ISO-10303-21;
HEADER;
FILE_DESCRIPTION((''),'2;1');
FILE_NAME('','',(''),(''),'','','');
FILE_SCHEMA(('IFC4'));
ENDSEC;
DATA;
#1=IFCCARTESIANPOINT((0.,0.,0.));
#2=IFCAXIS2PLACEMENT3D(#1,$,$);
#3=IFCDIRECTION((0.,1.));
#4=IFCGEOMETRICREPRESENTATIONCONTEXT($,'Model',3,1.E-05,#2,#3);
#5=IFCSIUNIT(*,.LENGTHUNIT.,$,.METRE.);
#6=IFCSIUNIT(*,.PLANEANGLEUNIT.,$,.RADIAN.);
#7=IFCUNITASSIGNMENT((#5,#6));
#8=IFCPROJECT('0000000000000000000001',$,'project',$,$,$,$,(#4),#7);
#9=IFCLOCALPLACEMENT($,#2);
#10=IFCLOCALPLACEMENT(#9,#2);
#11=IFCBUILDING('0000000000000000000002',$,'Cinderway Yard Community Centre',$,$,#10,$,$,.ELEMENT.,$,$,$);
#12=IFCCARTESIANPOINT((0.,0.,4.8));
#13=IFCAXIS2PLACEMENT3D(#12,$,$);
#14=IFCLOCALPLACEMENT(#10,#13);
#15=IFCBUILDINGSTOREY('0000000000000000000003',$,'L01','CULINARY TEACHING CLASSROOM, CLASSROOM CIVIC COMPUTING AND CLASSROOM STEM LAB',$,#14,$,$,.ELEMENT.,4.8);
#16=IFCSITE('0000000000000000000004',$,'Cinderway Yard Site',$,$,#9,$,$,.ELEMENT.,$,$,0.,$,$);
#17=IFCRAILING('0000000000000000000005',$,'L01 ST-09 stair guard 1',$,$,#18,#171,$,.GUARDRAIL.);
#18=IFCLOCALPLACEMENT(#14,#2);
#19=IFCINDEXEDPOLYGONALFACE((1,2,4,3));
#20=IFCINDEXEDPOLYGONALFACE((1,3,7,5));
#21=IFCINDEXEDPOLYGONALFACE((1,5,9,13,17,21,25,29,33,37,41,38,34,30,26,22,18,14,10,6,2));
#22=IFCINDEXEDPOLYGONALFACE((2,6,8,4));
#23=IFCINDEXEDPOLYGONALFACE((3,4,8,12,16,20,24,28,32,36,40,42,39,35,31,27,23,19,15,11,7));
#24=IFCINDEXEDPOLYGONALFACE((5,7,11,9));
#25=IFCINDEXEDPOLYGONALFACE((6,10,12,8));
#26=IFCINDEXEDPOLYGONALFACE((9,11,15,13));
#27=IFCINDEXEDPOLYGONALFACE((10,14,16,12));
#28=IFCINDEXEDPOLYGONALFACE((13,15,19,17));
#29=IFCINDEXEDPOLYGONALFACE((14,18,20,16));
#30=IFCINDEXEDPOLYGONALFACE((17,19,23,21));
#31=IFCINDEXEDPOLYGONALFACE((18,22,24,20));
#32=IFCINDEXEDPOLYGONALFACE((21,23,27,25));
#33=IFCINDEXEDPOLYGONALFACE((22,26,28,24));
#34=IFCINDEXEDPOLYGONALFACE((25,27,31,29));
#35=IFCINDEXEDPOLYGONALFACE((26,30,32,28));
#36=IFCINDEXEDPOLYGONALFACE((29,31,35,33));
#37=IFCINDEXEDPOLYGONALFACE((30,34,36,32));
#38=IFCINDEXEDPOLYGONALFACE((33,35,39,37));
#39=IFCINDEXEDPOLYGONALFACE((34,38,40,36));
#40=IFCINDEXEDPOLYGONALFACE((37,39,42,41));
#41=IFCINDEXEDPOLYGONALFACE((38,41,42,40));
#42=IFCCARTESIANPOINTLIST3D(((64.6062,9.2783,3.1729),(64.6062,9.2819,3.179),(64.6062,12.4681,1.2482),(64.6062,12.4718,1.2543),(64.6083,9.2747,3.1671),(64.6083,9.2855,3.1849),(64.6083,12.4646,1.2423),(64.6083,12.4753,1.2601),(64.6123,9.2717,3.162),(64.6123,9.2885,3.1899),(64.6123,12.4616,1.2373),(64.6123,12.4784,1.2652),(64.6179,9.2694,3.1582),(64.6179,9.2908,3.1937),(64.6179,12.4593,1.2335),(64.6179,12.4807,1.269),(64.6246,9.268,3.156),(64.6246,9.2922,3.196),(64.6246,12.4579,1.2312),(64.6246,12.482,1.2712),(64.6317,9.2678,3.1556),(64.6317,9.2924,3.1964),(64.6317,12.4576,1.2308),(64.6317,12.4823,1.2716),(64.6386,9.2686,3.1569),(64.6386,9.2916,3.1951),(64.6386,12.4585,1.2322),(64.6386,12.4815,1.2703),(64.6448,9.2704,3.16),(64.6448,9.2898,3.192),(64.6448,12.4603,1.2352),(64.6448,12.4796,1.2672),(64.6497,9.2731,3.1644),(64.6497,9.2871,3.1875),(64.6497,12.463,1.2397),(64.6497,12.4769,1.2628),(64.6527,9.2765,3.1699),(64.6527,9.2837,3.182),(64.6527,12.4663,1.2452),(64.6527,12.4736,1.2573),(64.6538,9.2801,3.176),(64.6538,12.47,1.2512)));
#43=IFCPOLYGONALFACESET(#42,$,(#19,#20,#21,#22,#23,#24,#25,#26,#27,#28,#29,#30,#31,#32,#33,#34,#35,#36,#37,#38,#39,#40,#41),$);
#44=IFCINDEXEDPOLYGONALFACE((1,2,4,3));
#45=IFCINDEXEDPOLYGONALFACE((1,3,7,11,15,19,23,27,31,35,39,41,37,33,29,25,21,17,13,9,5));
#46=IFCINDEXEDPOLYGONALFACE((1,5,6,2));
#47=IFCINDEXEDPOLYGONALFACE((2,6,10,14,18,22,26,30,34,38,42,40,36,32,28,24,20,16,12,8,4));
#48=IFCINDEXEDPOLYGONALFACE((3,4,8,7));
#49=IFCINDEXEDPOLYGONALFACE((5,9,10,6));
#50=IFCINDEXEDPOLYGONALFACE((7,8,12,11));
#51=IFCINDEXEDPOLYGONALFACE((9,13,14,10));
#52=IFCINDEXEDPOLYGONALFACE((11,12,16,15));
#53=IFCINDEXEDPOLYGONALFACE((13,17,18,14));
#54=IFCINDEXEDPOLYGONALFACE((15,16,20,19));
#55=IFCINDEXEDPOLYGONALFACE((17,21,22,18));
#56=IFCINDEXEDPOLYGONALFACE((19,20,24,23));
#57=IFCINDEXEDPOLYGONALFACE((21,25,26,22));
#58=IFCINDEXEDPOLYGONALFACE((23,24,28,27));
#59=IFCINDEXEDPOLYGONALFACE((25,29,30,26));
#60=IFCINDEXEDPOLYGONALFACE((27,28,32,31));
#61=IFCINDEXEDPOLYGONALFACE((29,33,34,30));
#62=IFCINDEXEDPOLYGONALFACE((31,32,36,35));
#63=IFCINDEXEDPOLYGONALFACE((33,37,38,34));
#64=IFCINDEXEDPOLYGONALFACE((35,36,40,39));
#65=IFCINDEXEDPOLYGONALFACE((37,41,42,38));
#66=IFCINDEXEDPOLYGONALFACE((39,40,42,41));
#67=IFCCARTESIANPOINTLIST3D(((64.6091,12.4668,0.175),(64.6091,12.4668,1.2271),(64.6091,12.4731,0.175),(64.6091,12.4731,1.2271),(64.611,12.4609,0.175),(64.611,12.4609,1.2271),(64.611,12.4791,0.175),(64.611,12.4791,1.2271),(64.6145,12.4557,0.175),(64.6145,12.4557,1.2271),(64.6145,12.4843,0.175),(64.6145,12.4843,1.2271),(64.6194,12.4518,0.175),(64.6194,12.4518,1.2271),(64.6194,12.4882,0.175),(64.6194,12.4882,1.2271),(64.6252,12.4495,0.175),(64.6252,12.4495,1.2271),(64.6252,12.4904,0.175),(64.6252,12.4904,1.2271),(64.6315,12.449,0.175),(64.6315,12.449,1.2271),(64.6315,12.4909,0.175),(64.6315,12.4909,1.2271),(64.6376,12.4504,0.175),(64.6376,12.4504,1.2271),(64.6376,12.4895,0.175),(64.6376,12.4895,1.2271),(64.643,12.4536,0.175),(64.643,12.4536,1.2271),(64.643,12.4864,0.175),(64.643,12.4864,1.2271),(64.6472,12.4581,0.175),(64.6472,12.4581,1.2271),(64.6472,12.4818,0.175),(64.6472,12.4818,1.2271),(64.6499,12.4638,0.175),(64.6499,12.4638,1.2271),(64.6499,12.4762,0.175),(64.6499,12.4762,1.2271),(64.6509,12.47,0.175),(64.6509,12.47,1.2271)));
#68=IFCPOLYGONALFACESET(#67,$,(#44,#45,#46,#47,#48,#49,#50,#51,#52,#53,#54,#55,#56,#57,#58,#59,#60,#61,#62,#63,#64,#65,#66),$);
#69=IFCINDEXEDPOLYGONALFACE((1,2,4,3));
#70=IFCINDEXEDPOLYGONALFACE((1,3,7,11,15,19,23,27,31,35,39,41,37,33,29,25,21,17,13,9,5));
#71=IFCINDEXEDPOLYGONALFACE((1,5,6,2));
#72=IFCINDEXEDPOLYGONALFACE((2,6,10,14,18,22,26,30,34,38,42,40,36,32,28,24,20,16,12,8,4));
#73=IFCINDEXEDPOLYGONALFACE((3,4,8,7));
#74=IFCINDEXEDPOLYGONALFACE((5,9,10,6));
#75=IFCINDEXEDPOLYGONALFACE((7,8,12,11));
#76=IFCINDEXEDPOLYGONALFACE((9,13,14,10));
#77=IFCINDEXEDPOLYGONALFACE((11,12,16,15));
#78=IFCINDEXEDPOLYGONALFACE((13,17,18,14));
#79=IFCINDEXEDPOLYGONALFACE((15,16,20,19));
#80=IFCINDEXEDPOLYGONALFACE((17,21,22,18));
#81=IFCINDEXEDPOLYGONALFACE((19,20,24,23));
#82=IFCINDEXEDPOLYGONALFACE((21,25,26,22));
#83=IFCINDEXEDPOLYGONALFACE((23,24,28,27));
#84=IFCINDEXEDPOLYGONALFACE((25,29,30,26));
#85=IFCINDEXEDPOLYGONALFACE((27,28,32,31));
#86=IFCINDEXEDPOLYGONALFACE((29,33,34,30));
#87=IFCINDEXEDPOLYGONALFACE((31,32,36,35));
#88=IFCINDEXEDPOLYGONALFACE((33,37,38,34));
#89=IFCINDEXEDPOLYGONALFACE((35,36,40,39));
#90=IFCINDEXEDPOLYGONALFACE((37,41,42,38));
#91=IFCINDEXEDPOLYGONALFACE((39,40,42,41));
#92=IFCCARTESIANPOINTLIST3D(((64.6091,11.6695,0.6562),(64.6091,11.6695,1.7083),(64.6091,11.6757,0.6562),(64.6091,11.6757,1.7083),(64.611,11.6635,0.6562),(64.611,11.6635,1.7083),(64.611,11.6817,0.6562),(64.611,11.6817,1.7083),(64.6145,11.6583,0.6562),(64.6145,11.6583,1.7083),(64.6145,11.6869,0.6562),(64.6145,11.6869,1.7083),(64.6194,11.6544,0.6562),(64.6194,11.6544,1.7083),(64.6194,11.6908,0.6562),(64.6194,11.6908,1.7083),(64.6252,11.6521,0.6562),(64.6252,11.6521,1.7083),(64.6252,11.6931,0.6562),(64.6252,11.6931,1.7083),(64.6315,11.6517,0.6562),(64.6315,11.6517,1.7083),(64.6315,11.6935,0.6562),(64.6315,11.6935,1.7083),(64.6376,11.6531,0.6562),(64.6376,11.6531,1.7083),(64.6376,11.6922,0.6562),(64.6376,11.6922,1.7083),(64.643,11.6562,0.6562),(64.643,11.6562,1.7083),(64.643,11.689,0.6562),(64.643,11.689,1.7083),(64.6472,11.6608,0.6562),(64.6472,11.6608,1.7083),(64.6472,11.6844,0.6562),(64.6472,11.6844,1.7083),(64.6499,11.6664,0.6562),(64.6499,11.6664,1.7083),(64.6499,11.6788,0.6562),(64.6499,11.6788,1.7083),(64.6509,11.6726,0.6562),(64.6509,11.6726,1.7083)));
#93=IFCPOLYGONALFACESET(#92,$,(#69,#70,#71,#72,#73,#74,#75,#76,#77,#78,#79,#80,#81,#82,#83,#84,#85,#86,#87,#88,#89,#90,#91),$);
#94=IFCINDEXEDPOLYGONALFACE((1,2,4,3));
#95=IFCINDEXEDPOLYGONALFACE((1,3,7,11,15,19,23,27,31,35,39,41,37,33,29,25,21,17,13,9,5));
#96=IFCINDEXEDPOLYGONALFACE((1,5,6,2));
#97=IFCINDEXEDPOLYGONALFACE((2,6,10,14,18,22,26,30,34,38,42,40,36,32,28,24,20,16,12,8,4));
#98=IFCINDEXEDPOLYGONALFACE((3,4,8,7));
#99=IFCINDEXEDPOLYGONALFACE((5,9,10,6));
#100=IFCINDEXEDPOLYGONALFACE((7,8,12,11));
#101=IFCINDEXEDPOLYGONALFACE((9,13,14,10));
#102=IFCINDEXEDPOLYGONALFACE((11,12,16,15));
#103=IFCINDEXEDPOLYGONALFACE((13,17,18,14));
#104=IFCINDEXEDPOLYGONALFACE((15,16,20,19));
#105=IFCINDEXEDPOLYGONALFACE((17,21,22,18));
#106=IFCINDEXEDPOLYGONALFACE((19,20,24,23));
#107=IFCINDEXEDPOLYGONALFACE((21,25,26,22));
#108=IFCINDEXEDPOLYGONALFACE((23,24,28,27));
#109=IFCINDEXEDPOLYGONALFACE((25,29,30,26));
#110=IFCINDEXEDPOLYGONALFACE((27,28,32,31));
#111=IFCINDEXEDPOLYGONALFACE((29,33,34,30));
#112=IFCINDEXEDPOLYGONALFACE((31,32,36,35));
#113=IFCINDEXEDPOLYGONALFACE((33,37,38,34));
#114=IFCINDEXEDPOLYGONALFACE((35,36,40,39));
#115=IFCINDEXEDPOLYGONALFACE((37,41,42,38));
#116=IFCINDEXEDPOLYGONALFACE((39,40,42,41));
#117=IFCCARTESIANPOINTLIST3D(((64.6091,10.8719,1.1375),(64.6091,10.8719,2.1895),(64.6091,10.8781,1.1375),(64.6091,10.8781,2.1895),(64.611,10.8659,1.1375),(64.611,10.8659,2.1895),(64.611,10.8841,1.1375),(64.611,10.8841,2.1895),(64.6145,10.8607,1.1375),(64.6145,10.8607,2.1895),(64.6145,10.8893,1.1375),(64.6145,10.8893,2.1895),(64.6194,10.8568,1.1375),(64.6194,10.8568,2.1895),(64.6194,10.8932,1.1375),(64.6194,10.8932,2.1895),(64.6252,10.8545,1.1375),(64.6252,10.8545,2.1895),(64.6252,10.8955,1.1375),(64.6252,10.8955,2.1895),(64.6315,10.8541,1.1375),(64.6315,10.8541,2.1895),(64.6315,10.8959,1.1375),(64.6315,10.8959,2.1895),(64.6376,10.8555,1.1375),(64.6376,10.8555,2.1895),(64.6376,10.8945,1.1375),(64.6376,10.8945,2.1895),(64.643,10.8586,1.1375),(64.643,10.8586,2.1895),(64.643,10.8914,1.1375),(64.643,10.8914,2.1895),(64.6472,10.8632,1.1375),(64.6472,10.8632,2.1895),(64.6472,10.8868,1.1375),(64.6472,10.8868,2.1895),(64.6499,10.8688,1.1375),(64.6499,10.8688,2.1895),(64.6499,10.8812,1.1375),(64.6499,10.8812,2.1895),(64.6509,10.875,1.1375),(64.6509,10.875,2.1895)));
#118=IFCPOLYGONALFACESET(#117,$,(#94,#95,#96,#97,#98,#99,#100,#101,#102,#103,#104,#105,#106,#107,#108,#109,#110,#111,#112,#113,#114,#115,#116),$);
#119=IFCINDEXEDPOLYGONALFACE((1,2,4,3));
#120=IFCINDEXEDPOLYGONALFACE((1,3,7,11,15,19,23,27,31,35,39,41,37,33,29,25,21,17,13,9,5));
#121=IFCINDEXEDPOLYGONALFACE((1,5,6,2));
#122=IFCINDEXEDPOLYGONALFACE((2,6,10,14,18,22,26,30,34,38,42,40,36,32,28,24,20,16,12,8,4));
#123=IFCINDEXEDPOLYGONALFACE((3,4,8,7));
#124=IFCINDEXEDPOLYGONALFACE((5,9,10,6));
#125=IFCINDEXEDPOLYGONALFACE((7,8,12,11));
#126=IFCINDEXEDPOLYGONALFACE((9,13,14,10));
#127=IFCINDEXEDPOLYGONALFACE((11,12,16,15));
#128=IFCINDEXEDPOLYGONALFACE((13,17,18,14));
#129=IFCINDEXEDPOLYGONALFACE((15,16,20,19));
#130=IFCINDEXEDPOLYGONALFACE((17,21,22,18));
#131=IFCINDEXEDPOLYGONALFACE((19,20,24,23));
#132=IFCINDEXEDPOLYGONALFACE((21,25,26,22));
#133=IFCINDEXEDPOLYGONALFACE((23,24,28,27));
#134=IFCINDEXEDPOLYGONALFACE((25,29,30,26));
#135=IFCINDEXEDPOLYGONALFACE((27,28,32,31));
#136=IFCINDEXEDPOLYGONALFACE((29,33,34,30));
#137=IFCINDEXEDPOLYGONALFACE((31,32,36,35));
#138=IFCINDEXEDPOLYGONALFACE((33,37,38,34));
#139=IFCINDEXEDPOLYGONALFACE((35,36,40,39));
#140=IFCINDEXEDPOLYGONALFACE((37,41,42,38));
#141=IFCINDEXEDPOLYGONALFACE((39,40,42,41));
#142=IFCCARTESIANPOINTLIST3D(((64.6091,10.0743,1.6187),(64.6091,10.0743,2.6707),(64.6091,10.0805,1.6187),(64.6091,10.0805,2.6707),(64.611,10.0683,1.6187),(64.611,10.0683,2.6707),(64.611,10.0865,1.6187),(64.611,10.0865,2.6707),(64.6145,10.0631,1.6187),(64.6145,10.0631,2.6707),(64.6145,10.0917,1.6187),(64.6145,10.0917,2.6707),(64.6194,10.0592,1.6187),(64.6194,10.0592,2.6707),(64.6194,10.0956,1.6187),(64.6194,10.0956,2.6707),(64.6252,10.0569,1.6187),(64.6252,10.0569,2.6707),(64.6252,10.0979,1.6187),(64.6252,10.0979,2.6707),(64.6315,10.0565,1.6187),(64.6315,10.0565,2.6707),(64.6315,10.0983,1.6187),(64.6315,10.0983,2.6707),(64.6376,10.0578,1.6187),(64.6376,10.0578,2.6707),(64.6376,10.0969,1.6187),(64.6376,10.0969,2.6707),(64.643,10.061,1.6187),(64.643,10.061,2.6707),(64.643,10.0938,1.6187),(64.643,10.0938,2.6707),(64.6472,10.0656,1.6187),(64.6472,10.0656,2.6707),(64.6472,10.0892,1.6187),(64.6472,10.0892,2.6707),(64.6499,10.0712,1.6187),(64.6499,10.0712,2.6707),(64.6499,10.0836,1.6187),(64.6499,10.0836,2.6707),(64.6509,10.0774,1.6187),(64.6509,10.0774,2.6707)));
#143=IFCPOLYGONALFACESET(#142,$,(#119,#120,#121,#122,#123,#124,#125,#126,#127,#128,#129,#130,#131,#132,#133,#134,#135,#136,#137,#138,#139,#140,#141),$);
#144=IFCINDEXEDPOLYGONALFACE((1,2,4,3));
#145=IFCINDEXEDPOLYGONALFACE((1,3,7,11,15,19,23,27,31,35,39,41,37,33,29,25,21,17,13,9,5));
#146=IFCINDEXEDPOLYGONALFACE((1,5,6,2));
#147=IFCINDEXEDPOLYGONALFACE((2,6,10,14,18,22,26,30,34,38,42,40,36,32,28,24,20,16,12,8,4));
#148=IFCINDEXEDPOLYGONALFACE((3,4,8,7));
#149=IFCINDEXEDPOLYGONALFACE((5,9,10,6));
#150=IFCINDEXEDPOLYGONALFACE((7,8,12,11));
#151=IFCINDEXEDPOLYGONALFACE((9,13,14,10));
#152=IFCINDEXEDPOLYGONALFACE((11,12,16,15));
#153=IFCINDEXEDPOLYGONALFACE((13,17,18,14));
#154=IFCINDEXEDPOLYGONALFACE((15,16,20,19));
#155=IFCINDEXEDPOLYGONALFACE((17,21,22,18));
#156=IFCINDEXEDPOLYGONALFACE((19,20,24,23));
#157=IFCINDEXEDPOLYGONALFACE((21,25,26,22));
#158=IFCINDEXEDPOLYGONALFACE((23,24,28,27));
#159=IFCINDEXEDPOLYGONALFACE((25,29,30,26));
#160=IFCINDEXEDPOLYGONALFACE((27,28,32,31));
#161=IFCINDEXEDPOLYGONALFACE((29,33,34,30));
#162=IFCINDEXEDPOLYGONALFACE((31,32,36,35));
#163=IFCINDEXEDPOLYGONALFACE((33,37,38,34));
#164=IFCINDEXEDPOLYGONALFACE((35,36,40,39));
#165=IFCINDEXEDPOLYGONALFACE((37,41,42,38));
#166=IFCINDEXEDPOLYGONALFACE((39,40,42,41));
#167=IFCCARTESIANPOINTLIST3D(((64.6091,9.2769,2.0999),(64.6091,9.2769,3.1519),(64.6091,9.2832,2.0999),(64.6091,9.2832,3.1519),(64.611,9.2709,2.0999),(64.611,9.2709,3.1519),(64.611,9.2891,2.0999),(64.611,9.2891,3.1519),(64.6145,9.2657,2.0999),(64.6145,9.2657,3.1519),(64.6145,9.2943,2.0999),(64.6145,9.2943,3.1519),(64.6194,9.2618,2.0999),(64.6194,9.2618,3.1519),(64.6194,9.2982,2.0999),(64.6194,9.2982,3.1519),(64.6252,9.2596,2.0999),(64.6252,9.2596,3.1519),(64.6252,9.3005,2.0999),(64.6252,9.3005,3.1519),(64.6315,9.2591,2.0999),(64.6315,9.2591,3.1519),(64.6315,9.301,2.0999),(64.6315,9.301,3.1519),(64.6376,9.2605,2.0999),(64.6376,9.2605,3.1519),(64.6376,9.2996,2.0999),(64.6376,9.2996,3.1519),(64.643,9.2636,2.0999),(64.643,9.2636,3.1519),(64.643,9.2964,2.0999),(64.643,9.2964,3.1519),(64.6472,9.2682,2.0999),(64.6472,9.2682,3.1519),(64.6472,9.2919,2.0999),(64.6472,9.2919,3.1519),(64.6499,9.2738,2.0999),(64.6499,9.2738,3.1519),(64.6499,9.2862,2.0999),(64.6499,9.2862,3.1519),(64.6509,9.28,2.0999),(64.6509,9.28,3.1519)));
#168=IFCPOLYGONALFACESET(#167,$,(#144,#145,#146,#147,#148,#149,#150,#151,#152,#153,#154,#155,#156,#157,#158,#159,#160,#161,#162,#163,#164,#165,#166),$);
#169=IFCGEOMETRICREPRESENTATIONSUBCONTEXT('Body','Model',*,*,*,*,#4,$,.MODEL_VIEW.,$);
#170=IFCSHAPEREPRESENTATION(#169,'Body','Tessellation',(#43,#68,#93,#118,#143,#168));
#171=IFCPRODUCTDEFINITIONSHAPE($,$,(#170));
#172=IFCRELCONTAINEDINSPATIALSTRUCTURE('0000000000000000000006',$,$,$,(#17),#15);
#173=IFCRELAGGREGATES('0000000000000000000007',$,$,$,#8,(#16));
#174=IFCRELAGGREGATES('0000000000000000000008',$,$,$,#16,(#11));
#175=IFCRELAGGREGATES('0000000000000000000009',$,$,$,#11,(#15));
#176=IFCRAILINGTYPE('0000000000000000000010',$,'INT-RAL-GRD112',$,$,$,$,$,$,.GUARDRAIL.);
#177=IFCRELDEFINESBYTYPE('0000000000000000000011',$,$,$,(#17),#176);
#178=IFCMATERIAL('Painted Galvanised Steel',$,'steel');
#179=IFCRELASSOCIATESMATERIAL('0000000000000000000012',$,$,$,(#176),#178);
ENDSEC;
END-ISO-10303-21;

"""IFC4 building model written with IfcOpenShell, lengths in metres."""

from ifc_helpers import new_model, si_unit, direction, frame, origin, origin_2d, place, context, subcontext, project, spatial, circle, extrude, material, type_object, element, save


model = new_model("IFC4")

# Units and contexts
model_context = context("Model", 3, precision=1e-05, world=origin(), true_north=direction((0.0, 1.0)))
body_context = subcontext(model_context, "Body", "Model", "MODEL_VIEW")
ifc_project = project(units=[si_unit("LENGTHUNIT", "METRE"), si_unit("PLANEANGLEUNIT", "RADIAN")], contexts=[model_context])

# Site, building, storey
site_placement = place(None, origin())
site = spatial("IfcSite", under=ifc_project, at=site_placement, Name="Cinderway Yard Site", CompositionType="ELEMENT", RefElevation=0.0)
building_placement = place(site_placement, origin())
building = spatial("IfcBuilding", under=site, at=building_placement, Name="Cinderway Yard Community Centre", CompositionType="ELEMENT")
storey_placement = place(building_placement, frame((0.0, 0.0, 4.8)))
storey = spatial("IfcBuildingStorey", under=building, at=storey_placement, Name="L01", Description="CULINARY TEACHING CLASSROOM, CLASSROOM CIVIC COMPUTING AND CLASSROOM STEM LAB", CompositionType="ELEMENT", Elevation=4.8)

# Shared definitions
ifc_material_1 = material(Name="Painted Galvanised Steel", Category="steel")

# Railing
railing_type_1 = type_object("IfcRailingType", Name="INT-RAL-GRD112", PredefinedType="GUARDRAIL", material=ifc_material_1)
railing_1_placement = place(storey_placement, frame((64.6299, 12.47, 0.175)))
element("IfcRailing", 1, at=railing_1_placement, inside=storey, type_object=railing_type_1, Name="L01 ST-09 stair guard 1", PredefinedType="GUARDRAIL", context=body_context, shape_type="SweptSolid", body=[
    extrude(circle(Radius=0.0239, at=origin_2d()), frame((0.0, 0.0, 1.0762), z_axis=(0.0, -0.856207, 0.516633), x_axis=(1.0, 0.0, 0.0)), (0.0, 0.0, 1.0), 3.7256),
    extrude(circle(Radius=0.021, at=origin_2d()), origin(), (0.0, 0.0, 1.0), 1.052),
    extrude(circle(Radius=0.021, at=origin_2d()), frame((0.0, -0.7974, 0.4812)), (0.0, 0.0, 1.0), 1.052),
    extrude(circle(Radius=0.021, at=origin_2d()), frame((0.0, -1.595, 0.9624)), (0.0, 0.0, 1.0), 1.052),
    extrude(circle(Radius=0.021, at=origin_2d()), frame((0.0, -2.3926, 1.4436)), (0.0, 0.0, 1.0), 1.052),
    extrude(circle(Radius=0.021, at=origin_2d()), frame((0.0, -3.1899, 1.9248)), (0.0, 0.0, 1.0), 1.052),
])

save(model, "model.ifc")
